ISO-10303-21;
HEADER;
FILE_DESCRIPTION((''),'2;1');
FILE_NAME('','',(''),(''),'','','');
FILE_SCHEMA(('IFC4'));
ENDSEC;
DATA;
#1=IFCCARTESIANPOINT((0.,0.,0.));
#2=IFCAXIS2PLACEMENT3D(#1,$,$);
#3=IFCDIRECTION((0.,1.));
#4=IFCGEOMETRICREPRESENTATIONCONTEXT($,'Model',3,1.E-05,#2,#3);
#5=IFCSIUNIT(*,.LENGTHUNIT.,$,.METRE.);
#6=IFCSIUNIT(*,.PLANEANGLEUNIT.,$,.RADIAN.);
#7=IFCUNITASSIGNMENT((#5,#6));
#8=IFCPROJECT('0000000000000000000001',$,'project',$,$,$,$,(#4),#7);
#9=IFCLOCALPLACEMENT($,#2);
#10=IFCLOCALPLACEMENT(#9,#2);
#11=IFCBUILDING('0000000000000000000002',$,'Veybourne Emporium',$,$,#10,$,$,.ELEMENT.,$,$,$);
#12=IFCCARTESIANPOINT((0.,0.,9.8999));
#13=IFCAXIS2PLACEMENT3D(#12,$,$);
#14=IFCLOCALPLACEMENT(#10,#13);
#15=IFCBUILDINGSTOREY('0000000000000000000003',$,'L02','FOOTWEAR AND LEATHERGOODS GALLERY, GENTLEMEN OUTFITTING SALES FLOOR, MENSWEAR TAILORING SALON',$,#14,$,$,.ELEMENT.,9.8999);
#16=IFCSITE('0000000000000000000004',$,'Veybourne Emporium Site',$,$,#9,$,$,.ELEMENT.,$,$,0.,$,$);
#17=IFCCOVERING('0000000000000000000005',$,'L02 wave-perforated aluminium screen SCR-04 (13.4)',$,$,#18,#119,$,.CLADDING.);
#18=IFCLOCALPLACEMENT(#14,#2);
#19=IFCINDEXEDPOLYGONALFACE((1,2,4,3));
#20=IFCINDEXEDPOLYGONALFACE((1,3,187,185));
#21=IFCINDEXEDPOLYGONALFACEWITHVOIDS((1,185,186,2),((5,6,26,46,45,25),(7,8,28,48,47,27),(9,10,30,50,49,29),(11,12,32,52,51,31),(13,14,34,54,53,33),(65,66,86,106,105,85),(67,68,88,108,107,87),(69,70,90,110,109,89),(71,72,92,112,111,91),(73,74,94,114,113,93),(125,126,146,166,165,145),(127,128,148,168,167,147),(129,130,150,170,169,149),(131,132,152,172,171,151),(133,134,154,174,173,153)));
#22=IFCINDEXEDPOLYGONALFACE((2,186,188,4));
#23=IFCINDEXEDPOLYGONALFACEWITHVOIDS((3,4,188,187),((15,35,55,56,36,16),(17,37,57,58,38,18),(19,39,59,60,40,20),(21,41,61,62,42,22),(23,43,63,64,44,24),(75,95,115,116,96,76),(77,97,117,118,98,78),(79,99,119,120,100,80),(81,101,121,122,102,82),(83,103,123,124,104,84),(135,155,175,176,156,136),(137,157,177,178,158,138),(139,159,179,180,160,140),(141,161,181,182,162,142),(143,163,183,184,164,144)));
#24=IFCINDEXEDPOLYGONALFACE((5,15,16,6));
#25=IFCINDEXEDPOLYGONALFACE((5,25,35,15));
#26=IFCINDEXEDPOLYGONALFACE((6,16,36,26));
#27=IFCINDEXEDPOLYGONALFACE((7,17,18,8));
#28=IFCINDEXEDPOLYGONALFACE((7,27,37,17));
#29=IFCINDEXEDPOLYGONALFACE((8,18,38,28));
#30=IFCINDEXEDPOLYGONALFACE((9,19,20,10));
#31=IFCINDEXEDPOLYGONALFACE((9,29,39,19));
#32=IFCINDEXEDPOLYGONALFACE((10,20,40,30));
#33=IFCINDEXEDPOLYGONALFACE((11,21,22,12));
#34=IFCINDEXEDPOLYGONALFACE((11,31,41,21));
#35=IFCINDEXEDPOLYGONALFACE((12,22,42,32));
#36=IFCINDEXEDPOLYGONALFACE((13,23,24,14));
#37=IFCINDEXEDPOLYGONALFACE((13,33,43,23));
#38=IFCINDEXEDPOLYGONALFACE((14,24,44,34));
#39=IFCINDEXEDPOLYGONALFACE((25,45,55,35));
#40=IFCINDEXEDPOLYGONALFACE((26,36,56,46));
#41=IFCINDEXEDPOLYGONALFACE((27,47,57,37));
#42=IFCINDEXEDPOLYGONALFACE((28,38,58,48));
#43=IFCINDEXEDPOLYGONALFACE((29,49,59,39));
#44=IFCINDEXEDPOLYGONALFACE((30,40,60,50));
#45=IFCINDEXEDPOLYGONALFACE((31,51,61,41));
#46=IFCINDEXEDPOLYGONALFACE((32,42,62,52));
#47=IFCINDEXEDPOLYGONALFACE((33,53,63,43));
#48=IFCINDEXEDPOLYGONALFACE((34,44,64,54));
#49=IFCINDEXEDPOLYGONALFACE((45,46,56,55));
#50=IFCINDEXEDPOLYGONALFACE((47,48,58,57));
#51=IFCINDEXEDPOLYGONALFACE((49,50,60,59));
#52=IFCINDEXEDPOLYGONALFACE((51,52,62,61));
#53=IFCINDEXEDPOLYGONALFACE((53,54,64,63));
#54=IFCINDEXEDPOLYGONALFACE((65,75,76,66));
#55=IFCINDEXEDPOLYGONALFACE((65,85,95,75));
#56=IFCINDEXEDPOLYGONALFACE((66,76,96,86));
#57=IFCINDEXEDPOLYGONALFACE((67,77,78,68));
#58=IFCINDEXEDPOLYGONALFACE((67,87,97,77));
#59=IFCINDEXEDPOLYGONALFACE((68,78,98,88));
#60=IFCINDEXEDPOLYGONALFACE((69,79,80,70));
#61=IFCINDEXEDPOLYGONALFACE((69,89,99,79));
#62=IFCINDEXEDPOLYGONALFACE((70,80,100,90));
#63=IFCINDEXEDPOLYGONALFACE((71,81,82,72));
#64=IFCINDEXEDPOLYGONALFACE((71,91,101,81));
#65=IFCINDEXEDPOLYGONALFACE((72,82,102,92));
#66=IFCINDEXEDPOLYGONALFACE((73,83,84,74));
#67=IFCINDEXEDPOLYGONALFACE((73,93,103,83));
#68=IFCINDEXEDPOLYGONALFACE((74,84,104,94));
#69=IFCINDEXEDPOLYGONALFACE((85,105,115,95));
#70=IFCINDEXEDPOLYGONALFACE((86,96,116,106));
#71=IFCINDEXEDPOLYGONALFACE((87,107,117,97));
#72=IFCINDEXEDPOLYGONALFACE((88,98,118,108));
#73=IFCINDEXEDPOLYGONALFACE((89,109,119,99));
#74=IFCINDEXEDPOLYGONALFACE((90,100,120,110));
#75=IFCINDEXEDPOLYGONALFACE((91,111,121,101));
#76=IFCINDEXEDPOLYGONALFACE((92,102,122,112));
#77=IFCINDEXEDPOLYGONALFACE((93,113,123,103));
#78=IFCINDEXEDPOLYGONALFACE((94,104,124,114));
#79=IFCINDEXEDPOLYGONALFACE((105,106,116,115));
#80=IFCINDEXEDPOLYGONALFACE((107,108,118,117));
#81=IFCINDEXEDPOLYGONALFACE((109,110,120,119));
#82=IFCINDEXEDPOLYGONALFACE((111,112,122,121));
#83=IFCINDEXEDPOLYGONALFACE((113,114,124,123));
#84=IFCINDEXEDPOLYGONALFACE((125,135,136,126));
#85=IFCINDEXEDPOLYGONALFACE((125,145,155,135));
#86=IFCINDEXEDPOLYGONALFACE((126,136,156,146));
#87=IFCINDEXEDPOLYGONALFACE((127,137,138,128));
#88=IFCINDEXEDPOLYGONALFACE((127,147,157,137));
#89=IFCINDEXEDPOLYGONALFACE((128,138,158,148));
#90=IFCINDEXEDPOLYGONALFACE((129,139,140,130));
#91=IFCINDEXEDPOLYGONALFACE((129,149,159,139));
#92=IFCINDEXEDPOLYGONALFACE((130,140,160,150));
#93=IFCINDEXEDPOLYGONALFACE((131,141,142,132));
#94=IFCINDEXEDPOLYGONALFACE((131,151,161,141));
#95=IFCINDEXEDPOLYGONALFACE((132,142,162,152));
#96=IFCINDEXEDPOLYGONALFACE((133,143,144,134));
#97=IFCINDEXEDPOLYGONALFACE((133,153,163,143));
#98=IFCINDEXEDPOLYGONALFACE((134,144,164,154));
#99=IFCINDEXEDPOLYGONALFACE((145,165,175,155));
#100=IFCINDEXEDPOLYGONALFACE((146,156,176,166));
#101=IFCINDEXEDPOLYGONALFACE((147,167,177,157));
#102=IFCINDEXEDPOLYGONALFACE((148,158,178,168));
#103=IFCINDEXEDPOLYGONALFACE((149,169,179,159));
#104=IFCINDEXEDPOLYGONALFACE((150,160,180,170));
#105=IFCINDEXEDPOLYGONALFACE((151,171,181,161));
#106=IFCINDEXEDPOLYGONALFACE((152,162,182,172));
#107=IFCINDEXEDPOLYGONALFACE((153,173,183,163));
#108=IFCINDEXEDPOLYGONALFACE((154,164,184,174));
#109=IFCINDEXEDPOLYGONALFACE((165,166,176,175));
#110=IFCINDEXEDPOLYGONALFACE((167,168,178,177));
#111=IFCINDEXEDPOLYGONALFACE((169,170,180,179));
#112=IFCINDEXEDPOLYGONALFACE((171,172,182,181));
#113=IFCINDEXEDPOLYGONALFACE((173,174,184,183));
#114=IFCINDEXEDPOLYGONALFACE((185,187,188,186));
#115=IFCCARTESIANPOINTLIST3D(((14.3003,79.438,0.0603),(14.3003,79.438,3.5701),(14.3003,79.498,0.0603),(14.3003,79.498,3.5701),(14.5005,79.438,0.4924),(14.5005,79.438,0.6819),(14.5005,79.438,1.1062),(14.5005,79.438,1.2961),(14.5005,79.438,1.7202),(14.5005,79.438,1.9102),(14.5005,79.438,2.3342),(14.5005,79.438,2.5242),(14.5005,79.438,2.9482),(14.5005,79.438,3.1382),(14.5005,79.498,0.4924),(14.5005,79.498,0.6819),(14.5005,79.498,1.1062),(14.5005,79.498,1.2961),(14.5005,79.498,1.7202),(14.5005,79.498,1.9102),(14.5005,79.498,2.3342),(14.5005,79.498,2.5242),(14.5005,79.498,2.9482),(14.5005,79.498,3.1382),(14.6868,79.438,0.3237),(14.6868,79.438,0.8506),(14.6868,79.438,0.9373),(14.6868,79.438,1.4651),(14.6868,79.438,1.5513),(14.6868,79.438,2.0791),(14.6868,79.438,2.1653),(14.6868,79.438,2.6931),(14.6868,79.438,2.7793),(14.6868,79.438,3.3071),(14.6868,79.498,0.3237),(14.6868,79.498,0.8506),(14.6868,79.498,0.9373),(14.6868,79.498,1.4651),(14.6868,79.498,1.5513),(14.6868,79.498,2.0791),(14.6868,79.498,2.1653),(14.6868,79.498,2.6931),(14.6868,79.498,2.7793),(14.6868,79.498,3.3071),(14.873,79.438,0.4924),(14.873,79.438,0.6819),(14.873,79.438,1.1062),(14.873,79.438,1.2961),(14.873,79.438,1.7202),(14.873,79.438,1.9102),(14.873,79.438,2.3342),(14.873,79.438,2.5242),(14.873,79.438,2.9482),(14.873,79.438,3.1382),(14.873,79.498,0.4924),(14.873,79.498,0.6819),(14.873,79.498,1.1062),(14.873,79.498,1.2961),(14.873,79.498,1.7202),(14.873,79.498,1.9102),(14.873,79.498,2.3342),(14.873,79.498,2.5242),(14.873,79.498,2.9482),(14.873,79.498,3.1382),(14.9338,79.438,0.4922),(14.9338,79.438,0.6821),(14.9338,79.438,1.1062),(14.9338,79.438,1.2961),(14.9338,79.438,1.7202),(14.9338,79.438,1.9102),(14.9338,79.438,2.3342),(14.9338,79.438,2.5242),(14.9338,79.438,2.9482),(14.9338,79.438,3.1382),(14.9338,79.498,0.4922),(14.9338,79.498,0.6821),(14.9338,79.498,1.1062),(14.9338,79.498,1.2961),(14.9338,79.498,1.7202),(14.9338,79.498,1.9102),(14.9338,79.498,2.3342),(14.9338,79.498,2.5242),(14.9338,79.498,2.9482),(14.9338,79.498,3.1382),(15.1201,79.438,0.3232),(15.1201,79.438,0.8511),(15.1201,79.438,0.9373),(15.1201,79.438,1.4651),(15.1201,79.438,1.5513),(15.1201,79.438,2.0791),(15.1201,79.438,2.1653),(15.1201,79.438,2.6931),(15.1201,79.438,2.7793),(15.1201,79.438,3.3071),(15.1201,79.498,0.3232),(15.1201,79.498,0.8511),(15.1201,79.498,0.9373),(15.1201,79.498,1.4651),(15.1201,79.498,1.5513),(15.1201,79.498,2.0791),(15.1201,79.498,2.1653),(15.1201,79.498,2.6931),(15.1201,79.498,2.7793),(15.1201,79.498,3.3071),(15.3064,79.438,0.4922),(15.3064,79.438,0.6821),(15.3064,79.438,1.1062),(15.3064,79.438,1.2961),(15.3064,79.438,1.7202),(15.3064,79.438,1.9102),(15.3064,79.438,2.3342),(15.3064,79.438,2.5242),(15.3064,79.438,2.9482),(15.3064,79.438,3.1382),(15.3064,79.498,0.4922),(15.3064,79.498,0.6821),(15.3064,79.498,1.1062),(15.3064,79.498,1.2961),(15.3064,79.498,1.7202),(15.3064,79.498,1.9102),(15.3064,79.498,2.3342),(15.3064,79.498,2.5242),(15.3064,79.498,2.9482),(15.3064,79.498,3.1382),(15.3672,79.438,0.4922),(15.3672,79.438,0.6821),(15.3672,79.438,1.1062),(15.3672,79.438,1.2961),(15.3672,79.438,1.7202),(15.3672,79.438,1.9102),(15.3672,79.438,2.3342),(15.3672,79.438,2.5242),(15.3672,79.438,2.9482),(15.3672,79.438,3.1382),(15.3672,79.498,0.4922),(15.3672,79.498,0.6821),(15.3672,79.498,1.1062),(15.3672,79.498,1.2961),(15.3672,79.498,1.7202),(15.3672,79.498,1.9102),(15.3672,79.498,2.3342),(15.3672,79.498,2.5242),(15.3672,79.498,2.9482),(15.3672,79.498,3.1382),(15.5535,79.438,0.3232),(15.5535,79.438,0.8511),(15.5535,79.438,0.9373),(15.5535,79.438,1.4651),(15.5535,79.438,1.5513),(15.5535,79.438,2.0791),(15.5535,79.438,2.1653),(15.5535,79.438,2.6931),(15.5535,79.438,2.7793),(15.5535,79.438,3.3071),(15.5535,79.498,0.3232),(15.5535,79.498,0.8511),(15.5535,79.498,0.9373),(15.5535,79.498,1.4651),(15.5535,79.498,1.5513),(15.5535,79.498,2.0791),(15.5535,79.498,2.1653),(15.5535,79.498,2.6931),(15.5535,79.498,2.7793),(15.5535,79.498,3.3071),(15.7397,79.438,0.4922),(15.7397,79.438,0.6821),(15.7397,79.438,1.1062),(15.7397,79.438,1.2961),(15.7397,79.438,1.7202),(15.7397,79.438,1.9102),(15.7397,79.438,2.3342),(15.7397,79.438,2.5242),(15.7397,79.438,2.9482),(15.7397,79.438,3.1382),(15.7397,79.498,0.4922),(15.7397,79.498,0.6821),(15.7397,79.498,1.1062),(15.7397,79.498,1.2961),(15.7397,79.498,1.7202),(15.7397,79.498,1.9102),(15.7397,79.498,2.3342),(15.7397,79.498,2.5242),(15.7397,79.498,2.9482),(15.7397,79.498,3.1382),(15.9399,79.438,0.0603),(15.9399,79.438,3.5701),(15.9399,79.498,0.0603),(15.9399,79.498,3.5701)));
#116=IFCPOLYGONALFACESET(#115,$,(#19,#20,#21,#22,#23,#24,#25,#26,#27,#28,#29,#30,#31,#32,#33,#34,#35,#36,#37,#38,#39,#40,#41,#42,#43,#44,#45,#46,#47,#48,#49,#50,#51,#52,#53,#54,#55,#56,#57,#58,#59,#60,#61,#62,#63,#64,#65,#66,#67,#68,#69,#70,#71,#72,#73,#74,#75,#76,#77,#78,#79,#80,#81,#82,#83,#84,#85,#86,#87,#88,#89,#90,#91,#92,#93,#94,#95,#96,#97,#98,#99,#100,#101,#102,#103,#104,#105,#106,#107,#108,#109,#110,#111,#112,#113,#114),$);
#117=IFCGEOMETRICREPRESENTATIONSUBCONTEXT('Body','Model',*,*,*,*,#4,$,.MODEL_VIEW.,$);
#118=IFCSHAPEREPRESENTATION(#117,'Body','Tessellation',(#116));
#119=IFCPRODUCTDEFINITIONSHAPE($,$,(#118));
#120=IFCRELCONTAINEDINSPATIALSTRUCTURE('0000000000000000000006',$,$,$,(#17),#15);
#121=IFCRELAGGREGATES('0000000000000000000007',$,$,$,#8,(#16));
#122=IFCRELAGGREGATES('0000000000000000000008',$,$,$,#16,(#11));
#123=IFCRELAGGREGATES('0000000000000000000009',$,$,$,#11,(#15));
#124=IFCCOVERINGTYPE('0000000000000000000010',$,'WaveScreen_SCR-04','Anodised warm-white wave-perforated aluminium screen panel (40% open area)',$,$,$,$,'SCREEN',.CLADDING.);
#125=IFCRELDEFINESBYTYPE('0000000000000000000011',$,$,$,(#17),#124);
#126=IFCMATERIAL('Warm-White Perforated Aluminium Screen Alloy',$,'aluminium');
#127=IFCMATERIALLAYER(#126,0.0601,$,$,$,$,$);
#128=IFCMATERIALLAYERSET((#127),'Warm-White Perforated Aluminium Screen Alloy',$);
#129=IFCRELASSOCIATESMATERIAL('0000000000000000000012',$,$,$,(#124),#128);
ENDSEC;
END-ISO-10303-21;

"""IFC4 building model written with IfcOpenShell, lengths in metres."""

from ifc_helpers import new_model, si_unit, direction, frame, origin, place, context, subcontext, project, spatial, polyline, outline, extrude, material, layer, layer_set, type_object, element, save


model = new_model("IFC4")

# Units and contexts
model_context = context("Model", 3, precision=1e-05, world=origin(), true_north=direction((0.0, 1.0)))
body_context = subcontext(model_context, "Body", "Model", "MODEL_VIEW")
ifc_project = project(units=[si_unit("LENGTHUNIT", "METRE"), si_unit("PLANEANGLEUNIT", "RADIAN")], contexts=[model_context])

# Site, building, storey
site_placement = place(None, origin())
site = spatial("IfcSite", under=ifc_project, at=site_placement, Name="Veybourne Emporium Site", CompositionType="ELEMENT", RefElevation=0.0)
building_placement = place(site_placement, origin())
building = spatial("IfcBuilding", under=site, at=building_placement, Name="Veybourne Emporium", CompositionType="ELEMENT")
storey_placement = place(building_placement, frame((0.0, 0.0, 9.8999)))
storey = spatial("IfcBuildingStorey", under=building, at=storey_placement, Name="L02", Description="FOOTWEAR AND LEATHERGOODS GALLERY, GENTLEMEN OUTFITTING SALES FLOOR, MENSWEAR TAILORING SALON", CompositionType="ELEMENT", Elevation=9.8999)

# Covering
ifc_material_1 = material(Name="Warm-White Perforated Aluminium Screen Alloy", Category="aluminium")
ifc_layer_1 = layer(ifc_material_1, 0.0601)
ifc_layer_set_1 = layer_set([ifc_layer_1], Name="Warm-White Perforated Aluminium Screen Alloy")
covering_type_1 = type_object("IfcCoveringType", Name="WaveScreen_SCR-04", Description="Anodised warm-white wave-perforated aluminium screen panel (40% open area)", ElementType="SCREEN", PredefinedType="CLADDING", material=ifc_layer_set_1)
covering_1_placement = place(storey_placement, frame((15.1201, 79.498, 1.8152), z_axis=(0.0, -1.0, 0.0), x_axis=(1.0, 0.0, 0.0)))
element("IfcCovering", 1, at=covering_1_placement, inside=storey, type_object=covering_type_1, Name="L02 wave-perforated aluminium screen SCR-04 (13.4)", PredefinedType="CLADDING", context=body_context, shape_type="SweptSolid", body=[
    extrude(outline(polyline([(-0.8198, -1.7549), (0.8198, -1.7549), (0.8198, 1.7549), (-0.8198, 1.7549), (-0.8198, -1.7549)]), holes=[polyline([(-0.4333, -0.9646), (-0.2471, -1.1333), (-0.2471, -1.3228), (-0.4333, -1.4915), (-0.6196, -1.3228), (-0.6196, -1.1333), (-0.4333, -0.9646)]), polyline([(-0.4333, -0.3501), (-0.2471, -0.519), (-0.2471, -0.709), (-0.4333, -0.8779), (-0.6196, -0.709), (-0.6196, -0.519), (-0.4333, -0.3501)]), polyline([(-0.4333, 0.2639), (-0.2471, 0.095), (-0.2471, -0.095), (-0.4333, -0.2639), (-0.6196, -0.095), (-0.6196, 0.095), (-0.4333, 0.2639)]), polyline([(-0.4333, 0.8779), (-0.2471, 0.709), (-0.2471, 0.519), (-0.4333, 0.3501), (-0.6196, 0.519), (-0.6196, 0.709), (-0.4333, 0.8779)]), polyline([(-0.4333, 1.4919), (-0.2471, 1.323), (-0.2471, 1.1331), (-0.4333, 0.9641), (-0.6196, 1.1331), (-0.6196, 1.323), (-0.4333, 1.4919)]), polyline([(0.0, -0.9641), (0.1863, -1.1331), (0.1863, -1.323), (0.0, -1.4919), (-0.1863, -1.323), (-0.1863, -1.1331), (0.0, -0.9641)]), polyline([(0.0, -0.3501), (0.1863, -0.519), (0.1863, -0.709), (0.0, -0.8779), (-0.1863, -0.709), (-0.1863, -0.519), (0.0, -0.3501)]), polyline([(0.0, 0.2639), (0.1863, 0.095), (0.1863, -0.095), (0.0, -0.2639), (-0.1863, -0.095), (-0.1863, 0.095), (0.0, 0.2639)]), polyline([(0.0, 0.8779), (0.1863, 0.709), (0.1863, 0.519), (0.0, 0.3501), (-0.1863, 0.519), (-0.1863, 0.709), (0.0, 0.8779)]), polyline([(0.0, 1.4919), (0.1863, 1.323), (0.1863, 1.1331), (0.0, 0.9641), (-0.1863, 1.1331), (-0.1863, 1.323), (0.0, 1.4919)]), polyline([(0.4333, -0.9641), (0.6196, -1.1331), (0.6196, -1.323), (0.4333, -1.4919), (0.2471, -1.323), (0.2471, -1.1331), (0.4333, -0.9641)]), polyline([(0.4333, -0.3501), (0.6196, -0.519), (0.6196, -0.709), (0.4333, -0.8779), (0.2471, -0.709), (0.2471, -0.519), (0.4333, -0.3501)]), polyline([(0.4333, 0.2639), (0.6196, 0.095), (0.6196, -0.095), (0.4333, -0.2639), (0.2471, -0.095), (0.2471, 0.095), (0.4333, 0.2639)]), polyline([(0.4333, 0.8779), (0.6196, 0.709), (0.6196, 0.519), (0.4333, 0.3501), (0.2471, 0.519), (0.2471, 0.709), (0.4333, 0.8779)]), polyline([(0.4333, 1.4919), (0.6196, 1.323), (0.6196, 1.1331), (0.4333, 0.9641), (0.2471, 1.1331), (0.2471, 1.323), (0.4333, 1.4919)])]), origin(), (0.0, 0.0, 1.0), 0.0601),
])

save(model, "model.ifc")
